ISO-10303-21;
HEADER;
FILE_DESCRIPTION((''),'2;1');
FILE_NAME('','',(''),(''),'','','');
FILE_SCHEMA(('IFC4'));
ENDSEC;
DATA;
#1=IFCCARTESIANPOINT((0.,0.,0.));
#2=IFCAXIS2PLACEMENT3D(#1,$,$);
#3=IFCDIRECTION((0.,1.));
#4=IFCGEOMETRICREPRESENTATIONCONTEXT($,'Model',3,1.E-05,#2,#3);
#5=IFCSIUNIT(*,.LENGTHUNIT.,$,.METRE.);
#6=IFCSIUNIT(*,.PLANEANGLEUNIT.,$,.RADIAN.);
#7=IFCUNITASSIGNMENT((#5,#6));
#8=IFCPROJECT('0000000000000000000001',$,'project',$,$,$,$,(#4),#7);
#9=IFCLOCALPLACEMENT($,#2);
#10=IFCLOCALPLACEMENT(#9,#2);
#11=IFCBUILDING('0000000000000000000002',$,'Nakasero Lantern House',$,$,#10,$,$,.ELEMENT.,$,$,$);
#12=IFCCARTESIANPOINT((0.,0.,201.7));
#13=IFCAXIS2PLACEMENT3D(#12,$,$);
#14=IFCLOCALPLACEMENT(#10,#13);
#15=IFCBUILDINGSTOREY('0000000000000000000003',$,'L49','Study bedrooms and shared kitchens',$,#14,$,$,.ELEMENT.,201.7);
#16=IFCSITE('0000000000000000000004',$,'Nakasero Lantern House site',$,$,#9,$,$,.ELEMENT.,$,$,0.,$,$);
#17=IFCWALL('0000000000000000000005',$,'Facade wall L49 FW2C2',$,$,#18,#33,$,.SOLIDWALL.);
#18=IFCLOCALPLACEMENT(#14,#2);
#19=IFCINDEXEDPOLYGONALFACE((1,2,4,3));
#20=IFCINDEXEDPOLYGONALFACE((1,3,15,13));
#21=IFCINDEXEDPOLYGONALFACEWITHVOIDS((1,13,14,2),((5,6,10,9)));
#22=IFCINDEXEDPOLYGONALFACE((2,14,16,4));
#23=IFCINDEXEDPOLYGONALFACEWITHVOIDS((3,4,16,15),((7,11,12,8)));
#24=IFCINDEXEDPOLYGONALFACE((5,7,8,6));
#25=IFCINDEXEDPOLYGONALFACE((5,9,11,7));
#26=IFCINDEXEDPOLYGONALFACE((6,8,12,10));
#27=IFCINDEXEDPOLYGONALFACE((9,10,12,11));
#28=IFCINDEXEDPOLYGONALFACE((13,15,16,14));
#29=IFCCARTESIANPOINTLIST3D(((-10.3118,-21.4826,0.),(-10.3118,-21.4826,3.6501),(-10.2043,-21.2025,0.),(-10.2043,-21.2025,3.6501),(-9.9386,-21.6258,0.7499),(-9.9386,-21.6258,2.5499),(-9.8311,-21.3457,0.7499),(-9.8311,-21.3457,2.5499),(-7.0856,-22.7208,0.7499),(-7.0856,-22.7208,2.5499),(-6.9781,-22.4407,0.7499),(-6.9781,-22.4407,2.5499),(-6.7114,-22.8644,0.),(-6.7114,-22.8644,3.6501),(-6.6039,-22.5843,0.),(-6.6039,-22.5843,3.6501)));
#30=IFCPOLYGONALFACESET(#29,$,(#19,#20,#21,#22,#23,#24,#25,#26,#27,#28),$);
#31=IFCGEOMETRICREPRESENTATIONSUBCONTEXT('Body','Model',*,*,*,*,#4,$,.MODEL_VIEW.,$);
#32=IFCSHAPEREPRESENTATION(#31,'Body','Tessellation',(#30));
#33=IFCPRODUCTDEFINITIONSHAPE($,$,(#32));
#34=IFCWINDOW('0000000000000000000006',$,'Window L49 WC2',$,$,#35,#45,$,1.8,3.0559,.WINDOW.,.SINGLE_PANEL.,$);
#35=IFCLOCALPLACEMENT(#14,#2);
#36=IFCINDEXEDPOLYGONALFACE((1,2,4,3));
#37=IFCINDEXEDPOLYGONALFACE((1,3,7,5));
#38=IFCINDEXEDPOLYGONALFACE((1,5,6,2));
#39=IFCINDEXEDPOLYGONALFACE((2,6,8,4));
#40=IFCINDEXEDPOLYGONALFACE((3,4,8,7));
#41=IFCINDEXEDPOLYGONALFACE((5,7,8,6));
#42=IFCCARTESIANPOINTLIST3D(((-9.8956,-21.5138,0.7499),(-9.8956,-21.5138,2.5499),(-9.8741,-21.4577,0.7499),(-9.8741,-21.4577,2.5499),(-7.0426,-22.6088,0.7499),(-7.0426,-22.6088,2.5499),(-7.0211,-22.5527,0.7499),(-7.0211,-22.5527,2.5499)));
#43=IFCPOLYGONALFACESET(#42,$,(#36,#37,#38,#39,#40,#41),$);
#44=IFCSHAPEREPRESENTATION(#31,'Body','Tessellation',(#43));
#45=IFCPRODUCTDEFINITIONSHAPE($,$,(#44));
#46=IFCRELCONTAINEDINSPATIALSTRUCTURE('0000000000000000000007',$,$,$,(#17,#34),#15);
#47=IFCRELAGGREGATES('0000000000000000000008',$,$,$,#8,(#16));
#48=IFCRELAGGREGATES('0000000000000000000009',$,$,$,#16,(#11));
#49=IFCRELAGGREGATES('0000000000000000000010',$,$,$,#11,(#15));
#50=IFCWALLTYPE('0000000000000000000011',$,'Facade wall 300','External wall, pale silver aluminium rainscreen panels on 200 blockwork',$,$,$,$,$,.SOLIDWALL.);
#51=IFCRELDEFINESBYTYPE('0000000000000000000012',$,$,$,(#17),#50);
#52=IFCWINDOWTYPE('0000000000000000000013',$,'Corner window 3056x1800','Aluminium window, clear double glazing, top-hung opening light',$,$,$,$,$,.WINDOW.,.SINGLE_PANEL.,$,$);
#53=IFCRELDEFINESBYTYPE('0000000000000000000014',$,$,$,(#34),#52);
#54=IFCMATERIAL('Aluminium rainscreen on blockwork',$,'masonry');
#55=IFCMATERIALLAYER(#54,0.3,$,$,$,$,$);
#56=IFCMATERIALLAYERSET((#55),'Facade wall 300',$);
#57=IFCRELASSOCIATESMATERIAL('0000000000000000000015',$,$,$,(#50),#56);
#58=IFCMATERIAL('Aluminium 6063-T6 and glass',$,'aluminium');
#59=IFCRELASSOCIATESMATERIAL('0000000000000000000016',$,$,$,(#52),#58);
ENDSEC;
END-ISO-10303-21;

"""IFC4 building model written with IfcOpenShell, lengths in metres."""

from ifc_helpers import new_model, si_unit, direction, frame, frame_2d, origin, place, context, subcontext, project, spatial, rectangle, extrude, material, layer, layer_set, type_object, element, fill, save


model = new_model("IFC4")

# Units and contexts
model_context = context("Model", 3, precision=1e-05, world=origin(), true_north=direction((0.0, 1.0)))
body_context = subcontext(model_context, "Body", "Model", "MODEL_VIEW")
ifc_project = project(units=[si_unit("LENGTHUNIT", "METRE"), si_unit("PLANEANGLEUNIT", "RADIAN")], contexts=[model_context])

# Site, building, storey
site_placement = place(None, origin())
site = spatial("IfcSite", under=ifc_project, at=site_placement, Name="Nakasero Lantern House site", CompositionType="ELEMENT", RefElevation=0.0)
building_placement = place(site_placement, origin())
building = spatial("IfcBuilding", under=site, at=building_placement, Name="Nakasero Lantern House", CompositionType="ELEMENT")
storey_placement = place(building_placement, frame((0.0, 0.0, 201.7)))
storey = spatial("IfcBuildingStorey", under=building, at=storey_placement, Name="L49", Description="Study bedrooms and shared kitchens", CompositionType="ELEMENT", Elevation=201.7)

# Shared definitions
ifc_material_1 = material(Name="Aluminium rainscreen on blockwork", Category="masonry")
ifc_layer_1 = layer(ifc_material_1, 0.3)
ifc_layer_set_1 = layer_set([ifc_layer_1], Name="Facade wall 300")
wall_type_1 = type_object("IfcWallType", Name="Facade wall 300", Description="External wall, pale silver aluminium rainscreen panels on 200 blockwork", PredefinedType="SOLIDWALL", material=ifc_layer_set_1)

# Wall, opening, window
wall_1_placement = place(storey_placement, frame((-10.2581, -21.3425, 0.0), z_axis=(0.0, 0.0, 1.0), x_axis=(0.933598, -0.358321, 0.0)))
wall_1 = element("IfcWall", 1, at=wall_1_placement, inside=storey, type_object=wall_type_1, Name="Facade wall L49 FW2C2", PredefinedType="SOLIDWALL", context=body_context, shape_type="SweptSolid", body=[
    extrude(rectangle(XDim=3.8564, YDim=0.3, at=frame_2d((1.9282, 0.0))), origin(), (0.0, 0.0, 1.0), 3.6501),
])
opening_1_placement = place(wall_1_placement, frame((0.3999, 0.0, 0.75)))
opening_1 = element("IfcOpeningElement", 2, at=opening_1_placement, cuts=wall_1, PredefinedType="OPENING", context=body_context, shape_type="SweptSolid", body=[
    extrude(rectangle(XDim=3.0559, YDim=1.8, at=frame_2d((1.5278, 0.8999))), frame((0.0, 0.1699, 0.0), z_axis=(0.0, -1.0, 0.0), x_axis=(1.0, 0.0, 0.0)), (0.0, 0.0, 1.0), 0.3401),
])
ifc_material_2 = material(Name="Aluminium 6063-T6 and glass", Category="aluminium")
window_type = type_object("IfcWindowType", Name="Corner window 3056x1800", Description="Aluminium window, clear double glazing, top-hung opening light", PartitioningType="SINGLE_PANEL", PredefinedType="WINDOW", material=ifc_material_2)
window_placement = place(opening_1_placement, origin())
window = element("IfcWindow", 3, at=window_placement, inside=storey, type_object=window_type, Name="Window L49 WC2", OverallHeight=1.8, OverallWidth=3.0559, PartitioningType="SINGLE_PANEL", PredefinedType="WINDOW", context=body_context, shape_type="SweptSolid", body=[
    extrude(rectangle(XDim=3.0559, YDim=1.8, at=frame_2d((1.5278, 0.8999))), frame((0.0, 0.03, 0.0), z_axis=(0.0, -1.0, 0.0), x_axis=(1.0, 0.0, 0.0)), (0.0, 0.0, 1.0), 0.0601),
])
fill(opening_1, window)

save(model, "model.ifc")
